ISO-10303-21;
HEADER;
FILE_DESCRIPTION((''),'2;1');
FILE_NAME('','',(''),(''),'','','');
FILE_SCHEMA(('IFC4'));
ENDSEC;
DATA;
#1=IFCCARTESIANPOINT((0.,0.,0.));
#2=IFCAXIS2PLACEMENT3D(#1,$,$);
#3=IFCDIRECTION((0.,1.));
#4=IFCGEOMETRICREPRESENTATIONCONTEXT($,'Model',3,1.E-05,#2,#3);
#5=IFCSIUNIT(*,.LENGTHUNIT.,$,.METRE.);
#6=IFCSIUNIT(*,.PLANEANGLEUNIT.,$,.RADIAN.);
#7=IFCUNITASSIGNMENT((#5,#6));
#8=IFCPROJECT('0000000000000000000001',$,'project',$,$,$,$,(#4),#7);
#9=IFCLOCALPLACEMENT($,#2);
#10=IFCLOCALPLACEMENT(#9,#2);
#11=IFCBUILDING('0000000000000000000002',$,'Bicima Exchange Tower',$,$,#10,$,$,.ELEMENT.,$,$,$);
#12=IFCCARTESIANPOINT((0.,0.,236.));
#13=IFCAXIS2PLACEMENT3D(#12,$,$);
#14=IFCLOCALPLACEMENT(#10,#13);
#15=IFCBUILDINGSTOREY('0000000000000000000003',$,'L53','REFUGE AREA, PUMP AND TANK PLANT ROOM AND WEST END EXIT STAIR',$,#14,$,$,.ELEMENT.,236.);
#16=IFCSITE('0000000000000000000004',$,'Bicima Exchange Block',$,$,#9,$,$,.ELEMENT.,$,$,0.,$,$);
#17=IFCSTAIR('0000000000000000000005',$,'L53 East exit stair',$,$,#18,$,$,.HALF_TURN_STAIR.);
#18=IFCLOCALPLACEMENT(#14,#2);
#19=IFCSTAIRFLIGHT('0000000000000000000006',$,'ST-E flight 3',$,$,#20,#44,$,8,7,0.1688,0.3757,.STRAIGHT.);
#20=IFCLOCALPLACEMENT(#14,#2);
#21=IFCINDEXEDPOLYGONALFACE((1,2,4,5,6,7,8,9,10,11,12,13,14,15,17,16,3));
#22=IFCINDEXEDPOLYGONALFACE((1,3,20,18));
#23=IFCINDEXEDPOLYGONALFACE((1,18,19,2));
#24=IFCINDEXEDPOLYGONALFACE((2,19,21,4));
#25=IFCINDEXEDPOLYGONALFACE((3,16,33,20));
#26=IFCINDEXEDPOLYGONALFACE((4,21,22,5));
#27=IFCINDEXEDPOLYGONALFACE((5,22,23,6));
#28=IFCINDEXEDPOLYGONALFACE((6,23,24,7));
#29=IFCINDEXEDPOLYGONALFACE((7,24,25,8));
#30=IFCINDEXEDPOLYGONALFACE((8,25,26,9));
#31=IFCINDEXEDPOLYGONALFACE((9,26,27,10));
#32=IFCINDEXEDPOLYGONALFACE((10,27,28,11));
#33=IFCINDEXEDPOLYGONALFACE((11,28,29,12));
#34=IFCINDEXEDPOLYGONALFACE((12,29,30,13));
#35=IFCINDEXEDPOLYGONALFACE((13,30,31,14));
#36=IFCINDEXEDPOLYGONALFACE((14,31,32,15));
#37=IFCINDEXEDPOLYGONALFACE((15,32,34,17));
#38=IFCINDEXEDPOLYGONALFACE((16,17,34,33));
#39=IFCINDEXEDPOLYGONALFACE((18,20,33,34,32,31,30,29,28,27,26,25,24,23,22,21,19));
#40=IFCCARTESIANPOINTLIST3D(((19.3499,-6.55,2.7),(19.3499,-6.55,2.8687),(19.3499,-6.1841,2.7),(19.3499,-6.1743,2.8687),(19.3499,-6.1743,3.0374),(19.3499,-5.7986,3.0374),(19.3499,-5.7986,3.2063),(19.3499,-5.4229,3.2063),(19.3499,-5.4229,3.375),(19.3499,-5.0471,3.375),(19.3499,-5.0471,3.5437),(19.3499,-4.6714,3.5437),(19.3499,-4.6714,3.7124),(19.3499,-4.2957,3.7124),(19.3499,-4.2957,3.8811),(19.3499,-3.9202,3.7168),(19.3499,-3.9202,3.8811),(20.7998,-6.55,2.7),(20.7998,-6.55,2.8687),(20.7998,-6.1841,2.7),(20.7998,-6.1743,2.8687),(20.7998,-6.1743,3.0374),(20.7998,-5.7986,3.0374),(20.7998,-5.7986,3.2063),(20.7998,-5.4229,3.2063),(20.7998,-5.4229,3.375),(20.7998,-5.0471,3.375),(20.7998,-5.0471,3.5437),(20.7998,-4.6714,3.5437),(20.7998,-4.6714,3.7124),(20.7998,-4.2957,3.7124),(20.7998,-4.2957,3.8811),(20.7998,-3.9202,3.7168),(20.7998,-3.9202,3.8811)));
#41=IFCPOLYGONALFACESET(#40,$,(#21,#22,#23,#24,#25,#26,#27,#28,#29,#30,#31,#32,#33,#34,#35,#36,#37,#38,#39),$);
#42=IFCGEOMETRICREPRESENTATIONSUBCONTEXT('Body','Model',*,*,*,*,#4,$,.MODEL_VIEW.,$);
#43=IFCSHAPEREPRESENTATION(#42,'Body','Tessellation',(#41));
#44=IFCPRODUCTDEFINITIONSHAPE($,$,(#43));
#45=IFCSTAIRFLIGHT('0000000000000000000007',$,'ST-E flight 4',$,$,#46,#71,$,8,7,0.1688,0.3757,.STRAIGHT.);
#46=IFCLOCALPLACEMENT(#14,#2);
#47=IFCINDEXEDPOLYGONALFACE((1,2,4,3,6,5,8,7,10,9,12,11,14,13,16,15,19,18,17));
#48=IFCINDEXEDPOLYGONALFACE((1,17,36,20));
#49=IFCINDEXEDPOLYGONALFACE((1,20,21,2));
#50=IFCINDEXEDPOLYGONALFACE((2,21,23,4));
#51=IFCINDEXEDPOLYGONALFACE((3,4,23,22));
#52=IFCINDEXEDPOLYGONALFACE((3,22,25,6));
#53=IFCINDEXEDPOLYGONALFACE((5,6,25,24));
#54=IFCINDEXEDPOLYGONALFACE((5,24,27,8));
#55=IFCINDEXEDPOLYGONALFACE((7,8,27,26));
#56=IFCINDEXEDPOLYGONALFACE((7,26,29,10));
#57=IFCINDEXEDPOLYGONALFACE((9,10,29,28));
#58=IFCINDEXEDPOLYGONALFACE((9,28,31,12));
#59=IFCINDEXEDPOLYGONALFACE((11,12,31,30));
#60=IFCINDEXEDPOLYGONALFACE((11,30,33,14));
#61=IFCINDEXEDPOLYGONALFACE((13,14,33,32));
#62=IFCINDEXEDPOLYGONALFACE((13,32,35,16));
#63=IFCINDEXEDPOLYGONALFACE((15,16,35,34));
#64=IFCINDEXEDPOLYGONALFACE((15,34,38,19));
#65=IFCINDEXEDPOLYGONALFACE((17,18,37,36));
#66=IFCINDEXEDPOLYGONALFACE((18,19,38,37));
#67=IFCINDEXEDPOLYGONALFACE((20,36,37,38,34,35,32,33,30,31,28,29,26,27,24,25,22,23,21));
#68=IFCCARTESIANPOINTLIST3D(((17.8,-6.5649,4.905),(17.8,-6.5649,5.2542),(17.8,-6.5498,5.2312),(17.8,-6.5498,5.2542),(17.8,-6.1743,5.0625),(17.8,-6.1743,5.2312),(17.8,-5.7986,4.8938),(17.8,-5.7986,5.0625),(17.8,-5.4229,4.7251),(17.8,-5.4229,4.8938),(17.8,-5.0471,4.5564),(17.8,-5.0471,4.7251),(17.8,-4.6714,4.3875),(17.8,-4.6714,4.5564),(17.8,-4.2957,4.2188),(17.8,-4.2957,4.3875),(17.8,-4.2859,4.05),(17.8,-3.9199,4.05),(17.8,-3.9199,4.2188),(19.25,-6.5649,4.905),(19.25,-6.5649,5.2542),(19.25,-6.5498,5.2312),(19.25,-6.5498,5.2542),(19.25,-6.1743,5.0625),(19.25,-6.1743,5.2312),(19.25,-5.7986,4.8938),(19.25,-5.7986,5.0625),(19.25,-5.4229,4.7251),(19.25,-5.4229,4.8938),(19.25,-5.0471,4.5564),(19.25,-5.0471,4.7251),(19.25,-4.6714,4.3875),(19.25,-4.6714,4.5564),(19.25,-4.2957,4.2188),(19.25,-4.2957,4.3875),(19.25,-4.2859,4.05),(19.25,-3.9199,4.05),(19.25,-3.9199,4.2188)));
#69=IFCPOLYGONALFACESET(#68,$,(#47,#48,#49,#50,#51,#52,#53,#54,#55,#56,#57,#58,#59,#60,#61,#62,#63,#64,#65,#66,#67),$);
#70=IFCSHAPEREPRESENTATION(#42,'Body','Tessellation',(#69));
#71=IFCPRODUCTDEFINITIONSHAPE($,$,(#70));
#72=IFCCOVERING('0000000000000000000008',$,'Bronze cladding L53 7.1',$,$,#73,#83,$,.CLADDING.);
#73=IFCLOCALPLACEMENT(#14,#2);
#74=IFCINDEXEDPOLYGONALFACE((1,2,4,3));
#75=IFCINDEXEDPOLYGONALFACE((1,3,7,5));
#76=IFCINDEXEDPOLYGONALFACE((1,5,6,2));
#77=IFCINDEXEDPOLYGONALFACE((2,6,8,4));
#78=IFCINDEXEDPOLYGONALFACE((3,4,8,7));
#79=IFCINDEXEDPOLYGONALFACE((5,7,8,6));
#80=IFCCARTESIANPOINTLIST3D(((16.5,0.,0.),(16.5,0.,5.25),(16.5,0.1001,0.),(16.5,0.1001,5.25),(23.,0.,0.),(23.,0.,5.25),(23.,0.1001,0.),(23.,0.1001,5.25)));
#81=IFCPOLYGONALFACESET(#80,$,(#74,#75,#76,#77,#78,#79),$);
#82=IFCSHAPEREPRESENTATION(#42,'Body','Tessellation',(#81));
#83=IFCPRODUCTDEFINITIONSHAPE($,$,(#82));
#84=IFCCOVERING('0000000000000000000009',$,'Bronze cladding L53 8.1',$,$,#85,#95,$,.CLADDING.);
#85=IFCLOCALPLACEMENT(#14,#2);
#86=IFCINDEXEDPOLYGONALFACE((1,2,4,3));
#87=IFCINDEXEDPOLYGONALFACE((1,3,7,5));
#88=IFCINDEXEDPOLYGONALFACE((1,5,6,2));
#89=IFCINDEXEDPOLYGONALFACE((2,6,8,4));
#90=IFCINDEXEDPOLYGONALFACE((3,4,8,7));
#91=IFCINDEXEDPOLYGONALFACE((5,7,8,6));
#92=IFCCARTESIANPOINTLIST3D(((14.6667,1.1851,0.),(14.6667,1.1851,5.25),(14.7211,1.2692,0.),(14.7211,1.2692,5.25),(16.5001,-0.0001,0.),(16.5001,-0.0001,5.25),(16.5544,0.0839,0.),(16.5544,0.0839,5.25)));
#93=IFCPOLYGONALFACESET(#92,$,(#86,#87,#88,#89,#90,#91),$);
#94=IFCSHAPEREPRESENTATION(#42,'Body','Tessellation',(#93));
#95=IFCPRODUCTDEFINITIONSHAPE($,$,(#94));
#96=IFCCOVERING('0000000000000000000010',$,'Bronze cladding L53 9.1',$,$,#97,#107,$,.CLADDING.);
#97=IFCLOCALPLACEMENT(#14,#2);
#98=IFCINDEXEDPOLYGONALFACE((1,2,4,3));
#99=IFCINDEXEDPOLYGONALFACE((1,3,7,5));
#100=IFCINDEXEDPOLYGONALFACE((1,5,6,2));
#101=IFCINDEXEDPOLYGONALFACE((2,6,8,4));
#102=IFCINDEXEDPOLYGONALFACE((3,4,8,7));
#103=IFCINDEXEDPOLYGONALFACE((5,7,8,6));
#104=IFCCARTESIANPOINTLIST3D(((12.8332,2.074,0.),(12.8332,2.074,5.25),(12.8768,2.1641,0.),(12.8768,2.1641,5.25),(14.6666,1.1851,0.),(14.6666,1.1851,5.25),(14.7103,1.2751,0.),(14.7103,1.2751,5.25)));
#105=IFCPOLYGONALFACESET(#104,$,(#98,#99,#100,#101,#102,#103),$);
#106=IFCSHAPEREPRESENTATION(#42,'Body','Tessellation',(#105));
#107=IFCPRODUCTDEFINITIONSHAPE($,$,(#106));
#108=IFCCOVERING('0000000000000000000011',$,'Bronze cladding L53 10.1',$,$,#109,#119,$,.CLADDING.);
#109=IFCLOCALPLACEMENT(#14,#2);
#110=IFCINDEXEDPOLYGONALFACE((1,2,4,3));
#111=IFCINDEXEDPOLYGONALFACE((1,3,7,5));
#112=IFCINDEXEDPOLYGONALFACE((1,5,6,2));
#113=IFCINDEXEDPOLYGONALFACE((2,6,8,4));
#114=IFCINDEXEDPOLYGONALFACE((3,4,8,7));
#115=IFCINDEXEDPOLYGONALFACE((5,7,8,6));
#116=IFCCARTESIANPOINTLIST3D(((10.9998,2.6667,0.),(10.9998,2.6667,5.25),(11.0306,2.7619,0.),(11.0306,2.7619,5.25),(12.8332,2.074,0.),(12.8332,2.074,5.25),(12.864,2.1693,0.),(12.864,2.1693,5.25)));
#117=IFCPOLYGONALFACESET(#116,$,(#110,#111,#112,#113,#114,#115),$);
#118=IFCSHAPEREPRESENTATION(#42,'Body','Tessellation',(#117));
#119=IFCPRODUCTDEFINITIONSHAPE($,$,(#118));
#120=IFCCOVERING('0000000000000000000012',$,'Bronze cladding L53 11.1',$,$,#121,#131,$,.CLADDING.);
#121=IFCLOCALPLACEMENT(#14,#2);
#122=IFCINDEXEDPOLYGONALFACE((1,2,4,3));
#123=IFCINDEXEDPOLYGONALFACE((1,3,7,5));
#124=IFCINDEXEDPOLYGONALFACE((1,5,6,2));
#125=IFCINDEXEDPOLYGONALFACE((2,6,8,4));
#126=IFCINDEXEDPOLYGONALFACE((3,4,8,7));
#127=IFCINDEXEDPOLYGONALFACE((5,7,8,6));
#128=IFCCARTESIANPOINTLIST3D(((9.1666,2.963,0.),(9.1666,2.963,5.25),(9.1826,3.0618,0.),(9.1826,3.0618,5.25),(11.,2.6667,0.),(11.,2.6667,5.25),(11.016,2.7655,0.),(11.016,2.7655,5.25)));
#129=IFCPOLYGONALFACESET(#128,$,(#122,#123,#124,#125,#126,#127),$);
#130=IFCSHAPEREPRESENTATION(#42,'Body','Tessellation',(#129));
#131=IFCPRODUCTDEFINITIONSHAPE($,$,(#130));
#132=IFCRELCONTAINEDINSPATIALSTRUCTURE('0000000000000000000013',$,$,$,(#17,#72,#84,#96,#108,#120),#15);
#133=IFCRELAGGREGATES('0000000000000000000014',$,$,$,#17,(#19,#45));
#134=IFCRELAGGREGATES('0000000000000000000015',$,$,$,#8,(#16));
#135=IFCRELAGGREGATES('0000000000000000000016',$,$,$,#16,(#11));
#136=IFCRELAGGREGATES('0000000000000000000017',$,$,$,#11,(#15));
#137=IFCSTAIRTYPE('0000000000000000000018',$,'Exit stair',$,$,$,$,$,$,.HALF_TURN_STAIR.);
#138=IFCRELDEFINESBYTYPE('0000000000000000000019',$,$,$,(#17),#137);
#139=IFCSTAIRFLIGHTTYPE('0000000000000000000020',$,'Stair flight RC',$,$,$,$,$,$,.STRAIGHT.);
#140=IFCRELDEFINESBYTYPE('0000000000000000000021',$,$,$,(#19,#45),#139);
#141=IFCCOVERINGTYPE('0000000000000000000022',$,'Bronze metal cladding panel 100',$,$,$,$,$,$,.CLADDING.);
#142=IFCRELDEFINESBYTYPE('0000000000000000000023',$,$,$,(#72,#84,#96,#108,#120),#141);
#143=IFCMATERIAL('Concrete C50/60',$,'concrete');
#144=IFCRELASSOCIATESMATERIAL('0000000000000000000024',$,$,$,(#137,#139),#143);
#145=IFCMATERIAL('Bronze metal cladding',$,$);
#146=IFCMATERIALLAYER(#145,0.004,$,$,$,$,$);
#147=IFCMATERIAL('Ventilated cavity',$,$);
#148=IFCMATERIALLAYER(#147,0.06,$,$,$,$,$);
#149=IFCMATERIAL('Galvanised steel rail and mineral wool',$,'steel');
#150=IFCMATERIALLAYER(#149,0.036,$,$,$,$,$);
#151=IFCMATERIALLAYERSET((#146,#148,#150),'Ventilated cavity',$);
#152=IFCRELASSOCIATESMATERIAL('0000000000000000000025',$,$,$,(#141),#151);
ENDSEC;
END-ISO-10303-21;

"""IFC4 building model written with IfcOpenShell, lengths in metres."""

from ifc_helpers import new_model, si_unit, direction, frame, origin, origin_2d, place, context, subcontext, project, spatial, polyline, rectangle, outline, extrude, material, layer, layer_set, type_object, element, aggregate, save


model = new_model("IFC4")

# Units and contexts
model_context = context("Model", 3, precision=1e-05, world=origin(), true_north=direction((0.0, 1.0)))
body_context = subcontext(model_context, "Body", "Model", "MODEL_VIEW")
ifc_project = project(units=[si_unit("LENGTHUNIT", "METRE"), si_unit("PLANEANGLEUNIT", "RADIAN")], contexts=[model_context])

# Site, building, storey
site_placement = place(None, origin())
site = spatial("IfcSite", under=ifc_project, at=site_placement, Name="Bicima Exchange Block", CompositionType="ELEMENT", RefElevation=0.0)
building_placement = place(site_placement, origin())
building = spatial("IfcBuilding", under=site, at=building_placement, Name="Bicima Exchange Tower", CompositionType="ELEMENT")
storey_placement = place(building_placement, frame((0.0, 0.0, 236.0)))
storey = spatial("IfcBuildingStorey", under=building, at=storey_placement, Name="L53", Description="REFUGE AREA, PUMP AND TANK PLANT ROOM AND WEST END EXIT STAIR", CompositionType="ELEMENT", Elevation=236.0)

# Shared definitions
ifc_material_1 = material(Name="Concrete C50/60", Category="concrete")

# Stair, stair flights
stair_type = type_object("IfcStairType", Name="Exit stair", PredefinedType="HALF_TURN_STAIR", material=ifc_material_1)
stair_placement = place(storey_placement, origin())
stair = element("IfcStair", 1, at=stair_placement, inside=storey, type_object=stair_type, Name="L53 East exit stair", PredefinedType="HALF_TURN_STAIR")
stair_flight_type = type_object("IfcStairFlightType", Name="Stair flight RC", PredefinedType="STRAIGHT", material=ifc_material_1)
stair_flight_1_placement = place(storey_placement, frame((20.075, -6.55, 2.7), z_axis=(0.0, 0.0, 1.0), x_axis=(0.0, 1.0, 0.0)))
stair_flight_1 = element("IfcStairFlight", 2, at=stair_flight_1_placement, type_object=stair_flight_type, Name="ST-E flight 3", NumberOfRisers=8, NumberOfTreads=7, PredefinedType="STRAIGHT", RiserHeight=0.1688, TreadLength=0.3757, context=body_context, shape_type="SweptSolid", body=[
    extrude(outline(polyline([(0.0, 0.0), (0.0, 0.1687), (0.3757, 0.1687), (0.3757, 0.3374), (0.7515, 0.3374), (0.7515, 0.5063), (1.1272, 0.5063), (1.1272, 0.675), (1.5029, 0.675), (1.5029, 0.8438), (1.8787, 0.8438), (1.8787, 1.0125), (2.2544, 1.0125), (2.2544, 1.1812), (2.6299, 1.1812), (2.6299, 1.3501), (2.6299, 1.0168), (0.366, 0.0), (0.0, 0.0)])), frame((0.0, 0.7251, 0.0), z_axis=(0.0, -1.0, 0.0), x_axis=(1.0, 0.0, 0.0)), (0.0, 0.0, 1.0), 1.45),
])
stair_flight_2_placement = place(storey_placement, frame((18.5249, -3.9199, 4.05), z_axis=(0.0, 0.0, 1.0), x_axis=(0.0, -1.0, 0.0)))
stair_flight_2 = element("IfcStairFlight", 3, at=stair_flight_2_placement, type_object=stair_flight_type, Name="ST-E flight 4", NumberOfRisers=8, NumberOfTreads=7, PredefinedType="STRAIGHT", RiserHeight=0.1688, TreadLength=0.3757, context=body_context, shape_type="SweptSolid", body=[
    extrude(outline(polyline([(0.0, 0.0), (0.0, 0.1687), (0.3757, 0.1687), (0.3757, 0.3374), (0.7515, 0.3374), (0.7515, 0.5063), (1.1272, 0.5063), (1.1272, 0.675), (1.5029, 0.675), (1.5029, 0.8438), (1.8787, 0.8438), (1.8787, 1.0125), (2.2544, 1.0125), (2.2544, 1.1812), (2.6299, 1.1812), (2.6299, 1.2041), (2.645, 1.2041), (2.645, 0.855), (0.366, 0.0), (0.0, 0.0)])), frame((0.0, 0.7251, 0.0), z_axis=(0.0, -1.0, 0.0), x_axis=(1.0, 0.0, 0.0)), (0.0, 0.0, 1.0), 1.45),
])
aggregate(stair, [stair_flight_1, stair_flight_2])

# Coverings
ifc_material_2 = material(Name="Bronze metal cladding")
ifc_layer_1 = layer(ifc_material_2, 0.004)
ifc_material_3 = material(Name="Ventilated cavity")
ifc_layer_2 = layer(ifc_material_3, 0.06)
ifc_material_4 = material(Name="Galvanised steel rail and mineral wool", Category="steel")
ifc_layer_3 = layer(ifc_material_4, 0.036)
ifc_layer_set_1 = layer_set([ifc_layer_1, ifc_layer_2, ifc_layer_3], Name="Ventilated cavity")
covering_type = type_object("IfcCoveringType", Name="Bronze metal cladding panel 100", PredefinedType="CLADDING", material=ifc_layer_set_1)
covering_1_placement = place(storey_placement, frame((19.75, 0.05, 0.0), z_axis=(0.0, 0.0, 1.0), x_axis=(-1.0, 0.0, 0.0)))
element("IfcCovering", 4, at=covering_1_placement, inside=storey, type_object=covering_type, Name="Bronze cladding L53 7.1", PredefinedType="CLADDING", context=body_context, shape_type="SweptSolid", body=[
    extrude(rectangle(XDim=6.5, YDim=0.1001, at=origin_2d()), origin(), (0.0, 0.0, 1.0), 5.25),
])
covering_2_placement = place(storey_placement, frame((15.6106, 0.6345, 0.0), z_axis=(0.0, 0.0, 1.0), x_axis=(-0.83979, 0.542911, 0.0)))
element("IfcCovering", 5, at=covering_2_placement, inside=storey, type_object=covering_type, Name="Bronze cladding L53 8.1", PredefinedType="CLADDING", context=body_context, shape_type="SweptSolid", body=[
    extrude(rectangle(XDim=2.1831, YDim=0.1001, at=origin_2d()), origin(), (0.0, 0.0, 1.0), 5.25),
])
covering_3_placement = place(storey_placement, frame((13.7717, 1.6746, 0.0), z_axis=(0.0, 0.0, 1.0), x_axis=(-0.899818, 0.436265, 0.0)))
element("IfcCovering", 6, at=covering_3_placement, inside=storey, type_object=covering_type, Name="Bronze cladding L53 9.1", PredefinedType="CLADDING", context=body_context, shape_type="SweptSolid", body=[
    extrude(rectangle(XDim=2.0376, YDim=0.1001, at=origin_2d()), origin(), (0.0, 0.0, 1.0), 5.25),
])
covering_4_placement = place(storey_placement, frame((11.9319, 2.418, 0.0), z_axis=(0.0, 0.0, 1.0), x_axis=(-0.951525, 0.307573, 0.0)))
element("IfcCovering", 7, at=covering_4_placement, inside=storey, type_object=covering_type, Name="Bronze cladding L53 10.1", PredefinedType="CLADDING", context=body_context, shape_type="SweptSolid", body=[
    extrude(rectangle(XDim=1.9268, YDim=0.1001, at=origin_2d()), origin(), (0.0, 0.0, 1.0), 5.25),
])
covering_5_placement = place(storey_placement, frame((10.0913, 2.8643, 0.0), z_axis=(0.0, 0.0, 1.0), x_axis=(-0.98719, 0.15955, 0.0)))
element("IfcCovering", 8, at=covering_5_placement, inside=storey, type_object=covering_type, Name="Bronze cladding L53 11.1", PredefinedType="CLADDING", context=body_context, shape_type="SweptSolid", body=[
    extrude(rectangle(XDim=1.8572, YDim=0.1001, at=origin_2d()), origin(), (0.0, 0.0, 1.0), 5.25),
])

save(model, "model.ifc")
